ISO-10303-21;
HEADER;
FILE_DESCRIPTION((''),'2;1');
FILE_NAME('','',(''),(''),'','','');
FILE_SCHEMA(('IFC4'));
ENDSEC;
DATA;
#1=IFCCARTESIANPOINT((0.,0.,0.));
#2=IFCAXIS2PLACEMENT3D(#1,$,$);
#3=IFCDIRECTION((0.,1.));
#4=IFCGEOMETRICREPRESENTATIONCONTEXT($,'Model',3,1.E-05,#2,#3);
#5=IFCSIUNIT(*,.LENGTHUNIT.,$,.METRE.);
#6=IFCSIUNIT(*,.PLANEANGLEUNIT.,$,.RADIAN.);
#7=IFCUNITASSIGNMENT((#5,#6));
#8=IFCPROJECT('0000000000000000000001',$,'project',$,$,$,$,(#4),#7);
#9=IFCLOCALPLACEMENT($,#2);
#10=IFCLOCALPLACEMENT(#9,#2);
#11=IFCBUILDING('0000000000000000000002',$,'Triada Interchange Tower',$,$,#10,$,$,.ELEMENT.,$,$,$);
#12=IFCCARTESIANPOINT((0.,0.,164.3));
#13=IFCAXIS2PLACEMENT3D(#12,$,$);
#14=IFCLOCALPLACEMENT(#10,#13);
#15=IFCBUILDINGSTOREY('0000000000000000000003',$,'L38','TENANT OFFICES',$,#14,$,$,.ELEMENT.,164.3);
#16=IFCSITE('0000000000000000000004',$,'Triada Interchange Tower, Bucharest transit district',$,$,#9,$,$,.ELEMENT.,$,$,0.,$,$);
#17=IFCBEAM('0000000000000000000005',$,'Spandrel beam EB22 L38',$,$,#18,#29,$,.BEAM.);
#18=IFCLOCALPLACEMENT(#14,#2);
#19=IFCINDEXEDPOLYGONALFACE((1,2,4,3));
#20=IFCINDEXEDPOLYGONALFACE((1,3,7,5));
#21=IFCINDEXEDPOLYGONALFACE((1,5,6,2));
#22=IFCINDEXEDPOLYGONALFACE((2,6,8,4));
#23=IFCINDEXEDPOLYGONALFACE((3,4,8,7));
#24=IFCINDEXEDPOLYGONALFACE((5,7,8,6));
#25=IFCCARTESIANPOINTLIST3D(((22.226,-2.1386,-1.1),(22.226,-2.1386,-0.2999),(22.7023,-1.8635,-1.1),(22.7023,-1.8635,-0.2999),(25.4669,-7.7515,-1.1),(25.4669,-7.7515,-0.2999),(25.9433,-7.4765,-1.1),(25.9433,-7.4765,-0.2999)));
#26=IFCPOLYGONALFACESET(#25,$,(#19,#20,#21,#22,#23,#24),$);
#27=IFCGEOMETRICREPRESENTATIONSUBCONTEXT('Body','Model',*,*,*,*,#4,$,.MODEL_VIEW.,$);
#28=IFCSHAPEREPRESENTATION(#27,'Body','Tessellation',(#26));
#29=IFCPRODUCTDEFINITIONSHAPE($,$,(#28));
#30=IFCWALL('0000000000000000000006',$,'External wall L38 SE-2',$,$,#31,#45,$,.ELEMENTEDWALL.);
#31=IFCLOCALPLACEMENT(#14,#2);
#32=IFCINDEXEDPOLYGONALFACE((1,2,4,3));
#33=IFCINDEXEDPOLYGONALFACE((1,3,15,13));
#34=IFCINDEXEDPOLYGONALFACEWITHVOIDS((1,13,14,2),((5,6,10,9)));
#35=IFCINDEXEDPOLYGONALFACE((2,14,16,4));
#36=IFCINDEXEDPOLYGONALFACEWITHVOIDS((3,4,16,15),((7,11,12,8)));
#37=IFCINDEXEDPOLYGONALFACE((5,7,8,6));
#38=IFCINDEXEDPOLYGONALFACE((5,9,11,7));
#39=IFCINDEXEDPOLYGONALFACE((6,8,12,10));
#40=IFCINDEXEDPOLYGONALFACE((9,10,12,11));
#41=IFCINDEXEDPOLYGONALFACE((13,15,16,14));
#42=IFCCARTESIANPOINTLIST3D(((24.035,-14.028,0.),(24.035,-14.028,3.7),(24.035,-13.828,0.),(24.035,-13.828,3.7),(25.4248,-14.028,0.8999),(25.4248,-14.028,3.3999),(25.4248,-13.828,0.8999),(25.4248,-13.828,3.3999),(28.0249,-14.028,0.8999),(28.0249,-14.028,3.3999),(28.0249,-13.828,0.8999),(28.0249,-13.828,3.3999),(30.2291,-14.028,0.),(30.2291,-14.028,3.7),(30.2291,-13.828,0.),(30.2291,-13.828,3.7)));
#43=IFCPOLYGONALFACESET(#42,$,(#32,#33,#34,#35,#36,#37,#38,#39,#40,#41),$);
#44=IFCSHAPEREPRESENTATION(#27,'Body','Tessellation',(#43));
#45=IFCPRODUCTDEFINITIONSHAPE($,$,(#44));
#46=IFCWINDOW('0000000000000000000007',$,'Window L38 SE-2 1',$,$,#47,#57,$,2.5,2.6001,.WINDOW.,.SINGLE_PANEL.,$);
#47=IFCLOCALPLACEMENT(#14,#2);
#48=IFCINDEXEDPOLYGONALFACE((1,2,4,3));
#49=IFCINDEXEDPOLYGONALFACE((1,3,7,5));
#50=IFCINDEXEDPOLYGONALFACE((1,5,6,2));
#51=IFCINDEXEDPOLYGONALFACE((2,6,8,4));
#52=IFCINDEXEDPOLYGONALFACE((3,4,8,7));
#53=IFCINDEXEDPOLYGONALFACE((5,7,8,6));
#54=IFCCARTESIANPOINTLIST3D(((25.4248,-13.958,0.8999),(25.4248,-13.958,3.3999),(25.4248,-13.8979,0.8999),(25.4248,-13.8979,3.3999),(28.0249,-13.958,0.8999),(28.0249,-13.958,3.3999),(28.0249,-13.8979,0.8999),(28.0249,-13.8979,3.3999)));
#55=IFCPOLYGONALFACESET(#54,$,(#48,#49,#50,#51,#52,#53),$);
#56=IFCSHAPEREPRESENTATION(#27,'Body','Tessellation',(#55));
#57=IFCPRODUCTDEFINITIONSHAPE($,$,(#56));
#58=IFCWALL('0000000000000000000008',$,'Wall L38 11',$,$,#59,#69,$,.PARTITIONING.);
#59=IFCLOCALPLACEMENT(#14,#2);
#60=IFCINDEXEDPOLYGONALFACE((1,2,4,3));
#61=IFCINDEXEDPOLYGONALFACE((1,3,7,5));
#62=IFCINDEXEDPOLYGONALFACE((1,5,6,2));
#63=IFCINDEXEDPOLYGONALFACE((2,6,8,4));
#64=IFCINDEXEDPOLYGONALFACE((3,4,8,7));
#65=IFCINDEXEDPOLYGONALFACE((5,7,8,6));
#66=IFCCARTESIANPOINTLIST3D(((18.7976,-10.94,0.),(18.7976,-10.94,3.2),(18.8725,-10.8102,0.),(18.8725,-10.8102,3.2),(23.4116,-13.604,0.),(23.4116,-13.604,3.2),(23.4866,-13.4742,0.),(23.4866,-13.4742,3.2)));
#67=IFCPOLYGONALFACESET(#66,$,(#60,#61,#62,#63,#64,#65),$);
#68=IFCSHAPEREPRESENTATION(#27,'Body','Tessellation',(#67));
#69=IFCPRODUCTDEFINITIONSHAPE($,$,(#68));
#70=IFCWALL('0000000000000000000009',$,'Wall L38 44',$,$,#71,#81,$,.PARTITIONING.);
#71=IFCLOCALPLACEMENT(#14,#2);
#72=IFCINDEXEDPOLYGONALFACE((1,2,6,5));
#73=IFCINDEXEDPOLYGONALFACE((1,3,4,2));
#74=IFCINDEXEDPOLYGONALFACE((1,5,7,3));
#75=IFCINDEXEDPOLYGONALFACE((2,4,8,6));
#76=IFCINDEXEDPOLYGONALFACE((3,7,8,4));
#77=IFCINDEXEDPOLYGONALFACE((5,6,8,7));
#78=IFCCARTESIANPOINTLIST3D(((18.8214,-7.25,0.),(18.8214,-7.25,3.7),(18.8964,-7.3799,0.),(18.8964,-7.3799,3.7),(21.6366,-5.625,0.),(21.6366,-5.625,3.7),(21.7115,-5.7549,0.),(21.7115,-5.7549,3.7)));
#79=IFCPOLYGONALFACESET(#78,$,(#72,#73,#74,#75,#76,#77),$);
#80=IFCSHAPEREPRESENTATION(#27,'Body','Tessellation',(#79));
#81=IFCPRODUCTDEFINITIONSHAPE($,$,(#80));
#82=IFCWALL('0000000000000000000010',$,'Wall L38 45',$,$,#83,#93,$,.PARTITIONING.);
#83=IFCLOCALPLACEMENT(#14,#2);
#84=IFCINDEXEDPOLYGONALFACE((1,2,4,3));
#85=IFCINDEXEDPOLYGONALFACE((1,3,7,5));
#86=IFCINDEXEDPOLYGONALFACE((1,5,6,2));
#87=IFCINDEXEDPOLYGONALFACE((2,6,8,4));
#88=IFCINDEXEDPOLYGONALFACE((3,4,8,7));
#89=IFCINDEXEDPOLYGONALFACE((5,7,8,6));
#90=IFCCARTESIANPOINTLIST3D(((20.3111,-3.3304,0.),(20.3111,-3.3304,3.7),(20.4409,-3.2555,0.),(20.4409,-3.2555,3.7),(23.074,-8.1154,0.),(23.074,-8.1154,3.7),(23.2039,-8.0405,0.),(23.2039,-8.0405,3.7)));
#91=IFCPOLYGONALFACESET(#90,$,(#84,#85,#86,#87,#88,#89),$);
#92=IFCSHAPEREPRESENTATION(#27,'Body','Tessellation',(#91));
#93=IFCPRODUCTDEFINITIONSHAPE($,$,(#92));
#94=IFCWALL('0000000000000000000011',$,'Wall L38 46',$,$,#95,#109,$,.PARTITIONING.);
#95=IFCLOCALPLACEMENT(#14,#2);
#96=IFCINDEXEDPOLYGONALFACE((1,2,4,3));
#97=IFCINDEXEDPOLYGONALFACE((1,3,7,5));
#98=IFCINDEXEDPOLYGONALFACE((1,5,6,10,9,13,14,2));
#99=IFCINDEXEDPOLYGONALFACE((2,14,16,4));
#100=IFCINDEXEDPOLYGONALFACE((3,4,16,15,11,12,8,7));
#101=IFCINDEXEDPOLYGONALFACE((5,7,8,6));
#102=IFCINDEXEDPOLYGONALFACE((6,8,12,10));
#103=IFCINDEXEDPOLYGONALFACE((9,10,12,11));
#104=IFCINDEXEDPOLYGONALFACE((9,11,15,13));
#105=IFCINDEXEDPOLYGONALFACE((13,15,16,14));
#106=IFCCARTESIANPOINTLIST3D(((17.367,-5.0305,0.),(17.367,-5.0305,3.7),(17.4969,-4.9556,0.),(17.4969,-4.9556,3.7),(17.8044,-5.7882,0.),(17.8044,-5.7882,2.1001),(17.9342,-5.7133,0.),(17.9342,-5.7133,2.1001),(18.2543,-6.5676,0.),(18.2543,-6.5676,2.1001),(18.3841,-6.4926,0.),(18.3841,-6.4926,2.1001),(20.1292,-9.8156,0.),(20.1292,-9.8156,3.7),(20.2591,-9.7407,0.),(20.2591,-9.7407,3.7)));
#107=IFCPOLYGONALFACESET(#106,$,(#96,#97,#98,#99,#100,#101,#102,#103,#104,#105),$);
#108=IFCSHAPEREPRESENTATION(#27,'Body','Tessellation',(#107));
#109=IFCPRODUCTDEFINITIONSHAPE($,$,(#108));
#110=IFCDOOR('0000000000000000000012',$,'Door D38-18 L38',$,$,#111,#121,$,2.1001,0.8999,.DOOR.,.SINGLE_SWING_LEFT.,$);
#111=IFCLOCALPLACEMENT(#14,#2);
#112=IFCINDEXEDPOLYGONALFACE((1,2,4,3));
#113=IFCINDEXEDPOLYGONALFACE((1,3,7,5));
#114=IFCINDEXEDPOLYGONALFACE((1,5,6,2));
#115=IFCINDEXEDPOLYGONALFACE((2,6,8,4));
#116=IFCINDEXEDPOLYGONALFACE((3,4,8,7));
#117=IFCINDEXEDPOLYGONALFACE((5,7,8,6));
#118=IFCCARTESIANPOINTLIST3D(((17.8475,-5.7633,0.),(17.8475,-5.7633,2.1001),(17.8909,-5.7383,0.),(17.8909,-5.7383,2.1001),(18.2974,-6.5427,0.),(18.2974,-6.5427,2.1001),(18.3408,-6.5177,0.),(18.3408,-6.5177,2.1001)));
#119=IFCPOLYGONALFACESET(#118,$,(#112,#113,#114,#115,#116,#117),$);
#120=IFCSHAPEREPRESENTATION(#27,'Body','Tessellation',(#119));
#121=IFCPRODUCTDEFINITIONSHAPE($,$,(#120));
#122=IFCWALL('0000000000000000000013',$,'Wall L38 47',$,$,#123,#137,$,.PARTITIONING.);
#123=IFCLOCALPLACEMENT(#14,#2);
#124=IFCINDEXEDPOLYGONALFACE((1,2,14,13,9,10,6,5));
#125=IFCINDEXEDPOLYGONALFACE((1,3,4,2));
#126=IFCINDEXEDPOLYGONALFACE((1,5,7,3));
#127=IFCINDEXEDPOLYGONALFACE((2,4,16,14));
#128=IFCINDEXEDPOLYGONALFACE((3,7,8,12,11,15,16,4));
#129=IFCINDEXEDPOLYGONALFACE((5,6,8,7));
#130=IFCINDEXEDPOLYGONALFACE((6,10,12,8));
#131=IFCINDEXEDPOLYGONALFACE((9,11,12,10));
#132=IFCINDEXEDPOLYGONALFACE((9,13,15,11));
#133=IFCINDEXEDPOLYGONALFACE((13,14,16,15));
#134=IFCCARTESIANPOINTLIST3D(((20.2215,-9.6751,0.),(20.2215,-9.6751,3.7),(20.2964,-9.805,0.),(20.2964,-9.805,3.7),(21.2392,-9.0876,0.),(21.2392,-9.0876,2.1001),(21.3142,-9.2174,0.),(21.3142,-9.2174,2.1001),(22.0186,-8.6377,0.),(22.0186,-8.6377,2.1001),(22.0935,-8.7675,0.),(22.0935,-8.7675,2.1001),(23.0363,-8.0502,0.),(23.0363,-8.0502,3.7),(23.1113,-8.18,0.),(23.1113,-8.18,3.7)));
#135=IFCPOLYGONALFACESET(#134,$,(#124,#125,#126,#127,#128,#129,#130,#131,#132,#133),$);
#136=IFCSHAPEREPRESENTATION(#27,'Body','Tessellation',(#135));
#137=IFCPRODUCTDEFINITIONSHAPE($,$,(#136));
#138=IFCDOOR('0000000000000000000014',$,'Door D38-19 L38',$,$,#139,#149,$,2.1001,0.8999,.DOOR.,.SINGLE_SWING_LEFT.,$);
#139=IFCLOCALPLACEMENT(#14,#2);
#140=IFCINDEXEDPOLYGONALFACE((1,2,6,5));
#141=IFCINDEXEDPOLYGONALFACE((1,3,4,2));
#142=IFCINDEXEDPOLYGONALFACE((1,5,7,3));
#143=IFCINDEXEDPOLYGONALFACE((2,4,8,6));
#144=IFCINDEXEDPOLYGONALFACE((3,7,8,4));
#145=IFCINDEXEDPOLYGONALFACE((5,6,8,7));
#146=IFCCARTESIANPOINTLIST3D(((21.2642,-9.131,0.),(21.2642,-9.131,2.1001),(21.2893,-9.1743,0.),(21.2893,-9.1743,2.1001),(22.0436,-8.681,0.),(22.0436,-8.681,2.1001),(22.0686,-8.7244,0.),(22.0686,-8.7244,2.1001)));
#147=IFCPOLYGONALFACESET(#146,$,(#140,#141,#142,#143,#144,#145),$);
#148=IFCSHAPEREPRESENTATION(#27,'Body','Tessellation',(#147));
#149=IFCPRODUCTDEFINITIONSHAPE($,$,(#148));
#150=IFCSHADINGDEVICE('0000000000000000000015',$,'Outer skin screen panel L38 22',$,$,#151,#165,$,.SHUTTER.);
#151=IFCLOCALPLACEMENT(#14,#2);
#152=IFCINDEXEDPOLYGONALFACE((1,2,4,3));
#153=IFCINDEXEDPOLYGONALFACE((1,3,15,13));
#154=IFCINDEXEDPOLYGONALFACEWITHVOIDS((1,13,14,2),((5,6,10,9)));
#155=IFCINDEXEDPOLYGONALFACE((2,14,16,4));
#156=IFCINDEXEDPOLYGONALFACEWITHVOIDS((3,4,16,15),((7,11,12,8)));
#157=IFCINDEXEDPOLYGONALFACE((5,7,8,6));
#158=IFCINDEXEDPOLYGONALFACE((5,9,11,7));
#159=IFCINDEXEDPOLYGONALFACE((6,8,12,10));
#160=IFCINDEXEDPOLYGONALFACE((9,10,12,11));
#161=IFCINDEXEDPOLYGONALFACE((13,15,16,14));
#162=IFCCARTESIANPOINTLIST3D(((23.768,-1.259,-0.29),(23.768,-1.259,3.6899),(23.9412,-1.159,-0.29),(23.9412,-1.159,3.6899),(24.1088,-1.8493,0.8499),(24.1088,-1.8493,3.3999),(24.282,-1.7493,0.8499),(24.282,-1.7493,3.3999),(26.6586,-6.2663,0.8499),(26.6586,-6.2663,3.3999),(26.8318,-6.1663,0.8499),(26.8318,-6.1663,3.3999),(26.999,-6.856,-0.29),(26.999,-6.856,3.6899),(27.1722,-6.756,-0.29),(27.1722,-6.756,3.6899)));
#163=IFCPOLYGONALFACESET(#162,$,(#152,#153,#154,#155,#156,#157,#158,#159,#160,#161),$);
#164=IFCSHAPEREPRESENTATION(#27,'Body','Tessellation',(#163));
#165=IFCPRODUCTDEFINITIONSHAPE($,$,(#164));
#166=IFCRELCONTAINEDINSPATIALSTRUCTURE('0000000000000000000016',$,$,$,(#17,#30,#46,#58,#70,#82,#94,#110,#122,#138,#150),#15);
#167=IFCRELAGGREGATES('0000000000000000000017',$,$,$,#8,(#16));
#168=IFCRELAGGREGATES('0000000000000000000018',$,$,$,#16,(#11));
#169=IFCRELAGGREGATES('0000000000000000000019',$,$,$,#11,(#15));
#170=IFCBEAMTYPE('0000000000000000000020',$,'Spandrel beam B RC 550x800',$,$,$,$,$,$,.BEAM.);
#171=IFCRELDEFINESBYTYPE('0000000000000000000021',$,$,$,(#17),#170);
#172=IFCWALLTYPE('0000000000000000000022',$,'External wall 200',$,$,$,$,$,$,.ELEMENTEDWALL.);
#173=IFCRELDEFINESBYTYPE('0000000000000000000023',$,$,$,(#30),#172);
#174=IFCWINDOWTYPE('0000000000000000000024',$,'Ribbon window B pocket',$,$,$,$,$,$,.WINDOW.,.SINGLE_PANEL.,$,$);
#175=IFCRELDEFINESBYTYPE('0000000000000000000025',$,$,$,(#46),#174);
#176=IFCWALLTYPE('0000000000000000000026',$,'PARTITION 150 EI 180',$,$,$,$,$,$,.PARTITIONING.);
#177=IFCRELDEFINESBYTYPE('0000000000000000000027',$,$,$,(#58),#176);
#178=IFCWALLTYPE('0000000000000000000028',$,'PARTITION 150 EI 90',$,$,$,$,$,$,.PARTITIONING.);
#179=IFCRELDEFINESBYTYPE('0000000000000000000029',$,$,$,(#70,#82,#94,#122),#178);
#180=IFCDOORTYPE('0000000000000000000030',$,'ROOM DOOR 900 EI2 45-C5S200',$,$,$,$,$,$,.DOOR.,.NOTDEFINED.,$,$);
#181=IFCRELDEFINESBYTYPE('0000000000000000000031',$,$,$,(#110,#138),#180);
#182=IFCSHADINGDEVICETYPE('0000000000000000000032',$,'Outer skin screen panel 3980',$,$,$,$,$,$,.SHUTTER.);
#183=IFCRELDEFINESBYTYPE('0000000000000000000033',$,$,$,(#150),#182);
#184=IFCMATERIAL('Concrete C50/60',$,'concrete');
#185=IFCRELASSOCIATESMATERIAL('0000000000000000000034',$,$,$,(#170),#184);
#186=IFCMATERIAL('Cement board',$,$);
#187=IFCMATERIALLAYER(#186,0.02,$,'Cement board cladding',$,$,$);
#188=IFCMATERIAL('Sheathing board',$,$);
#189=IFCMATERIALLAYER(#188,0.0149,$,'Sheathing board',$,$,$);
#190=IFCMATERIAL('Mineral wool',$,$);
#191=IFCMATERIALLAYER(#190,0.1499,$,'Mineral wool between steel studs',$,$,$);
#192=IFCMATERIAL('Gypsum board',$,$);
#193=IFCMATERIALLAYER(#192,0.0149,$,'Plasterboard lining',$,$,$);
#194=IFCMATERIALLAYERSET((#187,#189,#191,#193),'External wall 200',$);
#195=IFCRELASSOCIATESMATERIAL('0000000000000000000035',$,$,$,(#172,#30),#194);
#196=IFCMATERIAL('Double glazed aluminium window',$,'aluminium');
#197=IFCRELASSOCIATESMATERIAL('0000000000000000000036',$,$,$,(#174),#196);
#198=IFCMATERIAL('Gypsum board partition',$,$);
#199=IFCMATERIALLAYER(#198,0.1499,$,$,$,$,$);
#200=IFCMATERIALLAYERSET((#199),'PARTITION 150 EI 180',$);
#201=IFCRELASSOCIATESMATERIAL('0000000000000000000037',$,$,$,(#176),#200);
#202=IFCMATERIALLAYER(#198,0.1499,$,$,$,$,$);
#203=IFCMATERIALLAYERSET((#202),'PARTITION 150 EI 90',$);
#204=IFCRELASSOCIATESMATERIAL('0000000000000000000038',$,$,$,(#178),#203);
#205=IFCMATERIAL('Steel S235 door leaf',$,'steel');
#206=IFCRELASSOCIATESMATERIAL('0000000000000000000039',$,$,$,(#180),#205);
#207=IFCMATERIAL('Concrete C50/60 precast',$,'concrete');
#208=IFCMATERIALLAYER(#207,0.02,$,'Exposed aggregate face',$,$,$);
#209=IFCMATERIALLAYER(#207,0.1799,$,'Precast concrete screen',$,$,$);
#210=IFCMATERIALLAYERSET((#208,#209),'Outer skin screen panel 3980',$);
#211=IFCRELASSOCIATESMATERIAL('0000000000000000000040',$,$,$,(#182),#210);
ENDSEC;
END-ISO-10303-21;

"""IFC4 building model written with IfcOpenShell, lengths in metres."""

from ifc_helpers import new_model, si_unit, direction, frame, frame_2d, origin, origin_2d, place, context, subcontext, project, spatial, polyline, rectangle, outline, extrude, material, layer, layer_set, layer_usage, material_profile, profile_set, type_object, element, fill, save


model = new_model("IFC4")

# Units and contexts
model_context = context("Model", 3, precision=1e-05, world=origin(), true_north=direction((0.0, 1.0)))
body_context = subcontext(model_context, "Body", "Model", "MODEL_VIEW")
ifc_project = project(units=[si_unit("LENGTHUNIT", "METRE"), si_unit("PLANEANGLEUNIT", "RADIAN")], contexts=[model_context])

# Site, building, storey
site_placement = place(None, origin())
site = spatial("IfcSite", under=ifc_project, at=site_placement, Name="Triada Interchange Tower, Bucharest transit district", CompositionType="ELEMENT", RefElevation=0.0)
building_placement = place(site_placement, origin())
building = spatial("IfcBuilding", under=site, at=building_placement, Name="Triada Interchange Tower", CompositionType="ELEMENT")
storey_placement = place(building_placement, frame((0.0, 0.0, 164.3)))
storey = spatial("IfcBuildingStorey", under=building, at=storey_placement, Name="L38", Description="TENANT OFFICES", CompositionType="ELEMENT", Elevation=164.3)

# Beam
ifc_material_1 = material(Name="Concrete C50/60", Category="concrete")
ifc_material_profile_1 = material_profile(ifc_material_1, rectangle(XDim=0.55, YDim=0.8, at=origin_2d()), Name="RC 550x800")
ifc_profile_set_1 = profile_set([ifc_material_profile_1], Name="Concrete C50/60")
beam_type_1 = type_object("IfcBeamType", Name="Spandrel beam B RC 550x800", PredefinedType="BEAM", material=ifc_profile_set_1)
beam_1_placement = place(storey_placement, frame((25.7051, -7.614, -0.7), z_axis=(-0.500032, 0.866007, 0.0), x_axis=(-0.866007, -0.500032, 0.0)))
element("IfcBeam", 1, at=beam_1_placement, inside=storey, type_object=beam_type_1, Name="Spandrel beam EB22 L38", PredefinedType="BEAM", context=body_context, shape_type="SweptSolid", body=[
    extrude(rectangle(XDim=0.55, YDim=0.8, at=origin_2d()), origin(), (0.0, 0.0, 1.0), 6.4814),
])

# Wall, opening, window
ifc_material_2 = material(Name="Cement board")
ifc_layer_1 = layer(ifc_material_2, 0.02, Name="Cement board cladding")
ifc_material_3 = material(Name="Sheathing board")
ifc_layer_2 = layer(ifc_material_3, 0.0149, Name="Sheathing board")
ifc_material_4 = material(Name="Mineral wool")
ifc_layer_3 = layer(ifc_material_4, 0.1499, Name="Mineral wool between steel studs")
ifc_material_5 = material(Name="Gypsum board")
ifc_layer_4 = layer(ifc_material_5, 0.0149, Name="Plasterboard lining")
ifc_layer_set_1 = layer_set([ifc_layer_1, ifc_layer_2, ifc_layer_3, ifc_layer_4], Name="External wall 200")
ifc_layer_usage = layer_usage(ifc_layer_set_1, "AXIS2", "POSITIVE", -0.1001)
wall_type_1 = type_object("IfcWallType", Name="External wall 200", PredefinedType="ELEMENTEDWALL", material=ifc_layer_set_1)
wall_1_placement = place(storey_placement, frame((24.0349, -13.928, 0.0), z_axis=(0.0, 0.0, 1.0), x_axis=(1.0, 0.0, 0.0)))
wall_1 = element("IfcWall", 2, at=wall_1_placement, inside=storey, type_object=wall_type_1, material=ifc_layer_usage, Name="External wall L38 SE-2", PredefinedType="ELEMENTEDWALL", context=body_context, shape_type="SweptSolid", body=[
    extrude(rectangle(XDim=6.1941, YDim=0.2, at=frame_2d((3.0972, 0.0))), origin(), (0.0, 0.0, 1.0), 3.7),
])
opening_1_placement = place(wall_1_placement, frame((1.3899, 0.0, 0.8999)))
opening_1 = element("IfcOpeningElement", 3, at=opening_1_placement, cuts=wall_1, PredefinedType="OPENING", context=body_context, shape_type="SweptSolid", body=[
    extrude(rectangle(XDim=2.6001, YDim=2.5, at=frame_2d((1.3, 1.25))), frame((0.0, 0.1099, 0.0), z_axis=(0.0, -1.0, 0.0), x_axis=(1.0, 0.0, 0.0)), (0.0, 0.0, 1.0), 0.22),
])
ifc_material_6 = material(Name="Double glazed aluminium window", Category="aluminium")
window_type = type_object("IfcWindowType", Name="Ribbon window B pocket", PartitioningType="SINGLE_PANEL", PredefinedType="WINDOW", material=ifc_material_6)
window_placement = place(opening_1_placement, origin())
window = element("IfcWindow", 4, at=window_placement, inside=storey, type_object=window_type, Name="Window L38 SE-2 1", OverallHeight=2.5, OverallWidth=2.6001, PartitioningType="SINGLE_PANEL", PredefinedType="WINDOW", context=body_context, shape_type="SweptSolid", body=[
    extrude(rectangle(XDim=2.6001, YDim=2.5, at=frame_2d((1.3, 1.25))), frame((0.0, 0.03, 0.0), z_axis=(0.0, -1.0, 0.0), x_axis=(1.0, 0.0, 0.0)), (0.0, 0.0, 1.0), 0.0601),
])
fill(opening_1, window)

# Walls
ifc_material_7 = material(Name="Gypsum board partition")
ifc_layer_5 = layer(ifc_material_7, 0.1499)
ifc_layer_set_2 = layer_set([ifc_layer_5], Name="PARTITION 150 EI 180")
wall_type_2 = type_object("IfcWallType", Name="PARTITION 150 EI 180", PredefinedType="PARTITIONING", material=ifc_layer_set_2)
wall_2_placement = place(storey_placement, frame((18.835, -10.875, 0.0), z_axis=(0.0, 0.0, 1.0), x_axis=(0.866012, -0.500023, 0.0)))
element("IfcWall", 5, at=wall_2_placement, inside=storey, type_object=wall_type_2, Name="Wall L38 11", PredefinedType="PARTITIONING", context=body_context, shape_type="SweptSolid", body=[
    extrude(rectangle(XDim=5.3279, YDim=0.1499, at=frame_2d((2.6641, 0.0))), origin(), (0.0, 0.0, 1.0), 3.2),
])
ifc_layer_6 = layer(ifc_material_7, 0.1499)
ifc_layer_set_3 = layer_set([ifc_layer_6], Name="PARTITION 150 EI 90")
wall_type_3 = type_object("IfcWallType", Name="PARTITION 150 EI 90", PredefinedType="PARTITIONING", material=ifc_layer_set_3)
wall_3_placement = place(storey_placement, frame((18.8589, -7.3149, 0.0), z_axis=(0.0, 0.0, 1.0), x_axis=(0.866072, 0.49992, 0.0)))
element("IfcWall", 6, at=wall_3_placement, inside=storey, type_object=wall_type_3, Name="Wall L38 44", PredefinedType="PARTITIONING", context=body_context, shape_type="SweptSolid", body=[
    extrude(rectangle(XDim=3.2505, YDim=0.1499, at=frame_2d((1.6252, 0.0))), origin(), (0.0, 0.0, 1.0), 3.7),
])
wall_4_placement = place(storey_placement, frame((20.376, -3.293, 0.0), z_axis=(0.0, 0.0, 1.0), x_axis=(0.50005, -0.865996, 0.0)))
element("IfcWall", 7, at=wall_4_placement, inside=storey, type_object=wall_type_3, Name="Wall L38 45", PredefinedType="PARTITIONING", context=body_context, shape_type="SweptSolid", body=[
    extrude(rectangle(XDim=5.5254, YDim=0.1499, at=frame_2d((2.7627, 0.0))), origin(), (0.0, 0.0, 1.0), 3.7),
])

# Walls, openings, doors
wall_5_placement = place(storey_placement, frame((17.4319, -4.9929, 0.0), z_axis=(0.0, 0.0, 1.0), x_axis=(0.499932, -0.866065, 0.0)))
wall_5 = element("IfcWall", 8, at=wall_5_placement, inside=storey, type_object=wall_type_3, Name="Wall L38 46", PredefinedType="PARTITIONING", context=body_context, shape_type="SweptSolid", body=[
    extrude(rectangle(XDim=5.5251, YDim=0.1499, at=frame_2d((2.7627, 0.0))), origin(), (0.0, 0.0, 1.0), 3.7),
])
opening_2_placement = place(wall_5_placement, frame((0.875, 0.0, 0.0)))
opening_2 = element("IfcOpeningElement", 9, at=opening_2_placement, cuts=wall_5, PredefinedType="OPENING", context=body_context, shape_type="SweptSolid", body=[
    extrude(rectangle(XDim=0.8999, YDim=2.1001, at=frame_2d((0.45, 1.05))), frame((0.0, 0.085, 0.0), z_axis=(0.0, -1.0, 0.0), x_axis=(1.0, 0.0, 0.0)), (0.0, 0.0, 1.0), 0.1699),
])
ifc_material_8 = material(Name="Steel S235 door leaf", Category="steel")
door_type = type_object("IfcDoorType", Name="ROOM DOOR 900 EI2 45-C5S200", OperationType="NOTDEFINED", PredefinedType="DOOR", material=ifc_material_8)
door_1_placement = place(opening_2_placement, origin())
door_1 = element("IfcDoor", 10, at=door_1_placement, inside=storey, type_object=door_type, Name="Door D38-18 L38", OperationType="SINGLE_SWING_LEFT", OverallHeight=2.1001, OverallWidth=0.8999, PredefinedType="DOOR", context=body_context, shape_type="SweptSolid", body=[
    extrude(rectangle(XDim=0.8999, YDim=2.1001, at=frame_2d((0.45, 1.05))), frame((0.0, 0.0249, 0.0), z_axis=(0.0, -1.0, 0.0), x_axis=(1.0, 0.0, 0.0)), (0.0, 0.0, 1.0), 0.05),
])
fill(opening_2, door_1)
wall_6_placement = place(storey_placement, frame((20.259, -9.74, 0.0), z_axis=(0.0, 0.0, 1.0), x_axis=(0.866053, 0.499952, 0.0)))
wall_6 = element("IfcWall", 11, at=wall_6_placement, inside=storey, type_object=wall_type_3, Name="Wall L38 47", PredefinedType="PARTITIONING", context=body_context, shape_type="SweptSolid", body=[
    extrude(rectangle(XDim=3.2502, YDim=0.1499, at=frame_2d((1.625, 0.0))), origin(), (0.0, 0.0, 1.0), 3.7),
])
opening_3_placement = place(wall_6_placement, frame((1.175, 0.0, 0.0)))
opening_3 = element("IfcOpeningElement", 12, at=opening_3_placement, cuts=wall_6, PredefinedType="OPENING", context=body_context, shape_type="SweptSolid", body=[
    extrude(rectangle(XDim=0.8999, YDim=2.1001, at=frame_2d((0.45, 1.05))), frame((0.0, 0.085, 0.0), z_axis=(0.0, -1.0, 0.0), x_axis=(1.0, 0.0, 0.0)), (0.0, 0.0, 1.0), 0.1699),
])
door_2_placement = place(opening_3_placement, origin())
door_2 = element("IfcDoor", 13, at=door_2_placement, inside=storey, type_object=door_type, Name="Door D38-19 L38", OperationType="SINGLE_SWING_LEFT", OverallHeight=2.1001, OverallWidth=0.8999, PredefinedType="DOOR", context=body_context, shape_type="SweptSolid", body=[
    extrude(rectangle(XDim=0.8999, YDim=2.1001, at=frame_2d((0.45, 1.05))), frame((0.0, 0.0249, 0.0), z_axis=(0.0, -1.0, 0.0), x_axis=(1.0, 0.0, 0.0)), (0.0, 0.0, 1.0), 0.05),
])
fill(opening_3, door_2)

# Shading device
ifc_material_9 = material(Name="Concrete C50/60 precast", Category="concrete")
ifc_layer_7 = layer(ifc_material_9, 0.02, Name="Exposed aggregate face")
ifc_layer_8 = layer(ifc_material_9, 0.1799, Name="Precast concrete screen")
ifc_layer_set_4 = layer_set([ifc_layer_7, ifc_layer_8], Name="Outer skin screen panel 3980")
shading_device_type = type_object("IfcShadingDeviceType", Name="Outer skin screen panel 3980", PredefinedType="SHUTTER", material=ifc_layer_set_4)
shading_device_placement = place(storey_placement, frame((26.999, -6.856, -0.29), z_axis=(0.0, 0.0, 1.0), x_axis=(-0.49995, 0.866054, 0.0)))
element("IfcShadingDevice", 14, at=shading_device_placement, inside=storey, type_object=shading_device_type, Name="Outer skin screen panel L38 22", PredefinedType="SHUTTER", context=body_context, shape_type="SweptSolid", body=[
    extrude(outline(polyline([(0.0, 0.0), (6.4626, 0.0), (6.4626, 3.98), (0.0, 3.98), (0.0, 0.0)]), holes=[polyline([(0.6809, 1.1399), (0.6809, 3.6899), (5.781, 3.6899), (5.781, 1.1399), (0.6809, 1.1399)])]), frame((0.0, 0.0, 0.0), z_axis=(0.0, -1.0, 0.0), x_axis=(1.0, 0.0, 0.0)), (0.0, 0.0, 1.0), 0.2),
])

save(model, "model.ifc")
